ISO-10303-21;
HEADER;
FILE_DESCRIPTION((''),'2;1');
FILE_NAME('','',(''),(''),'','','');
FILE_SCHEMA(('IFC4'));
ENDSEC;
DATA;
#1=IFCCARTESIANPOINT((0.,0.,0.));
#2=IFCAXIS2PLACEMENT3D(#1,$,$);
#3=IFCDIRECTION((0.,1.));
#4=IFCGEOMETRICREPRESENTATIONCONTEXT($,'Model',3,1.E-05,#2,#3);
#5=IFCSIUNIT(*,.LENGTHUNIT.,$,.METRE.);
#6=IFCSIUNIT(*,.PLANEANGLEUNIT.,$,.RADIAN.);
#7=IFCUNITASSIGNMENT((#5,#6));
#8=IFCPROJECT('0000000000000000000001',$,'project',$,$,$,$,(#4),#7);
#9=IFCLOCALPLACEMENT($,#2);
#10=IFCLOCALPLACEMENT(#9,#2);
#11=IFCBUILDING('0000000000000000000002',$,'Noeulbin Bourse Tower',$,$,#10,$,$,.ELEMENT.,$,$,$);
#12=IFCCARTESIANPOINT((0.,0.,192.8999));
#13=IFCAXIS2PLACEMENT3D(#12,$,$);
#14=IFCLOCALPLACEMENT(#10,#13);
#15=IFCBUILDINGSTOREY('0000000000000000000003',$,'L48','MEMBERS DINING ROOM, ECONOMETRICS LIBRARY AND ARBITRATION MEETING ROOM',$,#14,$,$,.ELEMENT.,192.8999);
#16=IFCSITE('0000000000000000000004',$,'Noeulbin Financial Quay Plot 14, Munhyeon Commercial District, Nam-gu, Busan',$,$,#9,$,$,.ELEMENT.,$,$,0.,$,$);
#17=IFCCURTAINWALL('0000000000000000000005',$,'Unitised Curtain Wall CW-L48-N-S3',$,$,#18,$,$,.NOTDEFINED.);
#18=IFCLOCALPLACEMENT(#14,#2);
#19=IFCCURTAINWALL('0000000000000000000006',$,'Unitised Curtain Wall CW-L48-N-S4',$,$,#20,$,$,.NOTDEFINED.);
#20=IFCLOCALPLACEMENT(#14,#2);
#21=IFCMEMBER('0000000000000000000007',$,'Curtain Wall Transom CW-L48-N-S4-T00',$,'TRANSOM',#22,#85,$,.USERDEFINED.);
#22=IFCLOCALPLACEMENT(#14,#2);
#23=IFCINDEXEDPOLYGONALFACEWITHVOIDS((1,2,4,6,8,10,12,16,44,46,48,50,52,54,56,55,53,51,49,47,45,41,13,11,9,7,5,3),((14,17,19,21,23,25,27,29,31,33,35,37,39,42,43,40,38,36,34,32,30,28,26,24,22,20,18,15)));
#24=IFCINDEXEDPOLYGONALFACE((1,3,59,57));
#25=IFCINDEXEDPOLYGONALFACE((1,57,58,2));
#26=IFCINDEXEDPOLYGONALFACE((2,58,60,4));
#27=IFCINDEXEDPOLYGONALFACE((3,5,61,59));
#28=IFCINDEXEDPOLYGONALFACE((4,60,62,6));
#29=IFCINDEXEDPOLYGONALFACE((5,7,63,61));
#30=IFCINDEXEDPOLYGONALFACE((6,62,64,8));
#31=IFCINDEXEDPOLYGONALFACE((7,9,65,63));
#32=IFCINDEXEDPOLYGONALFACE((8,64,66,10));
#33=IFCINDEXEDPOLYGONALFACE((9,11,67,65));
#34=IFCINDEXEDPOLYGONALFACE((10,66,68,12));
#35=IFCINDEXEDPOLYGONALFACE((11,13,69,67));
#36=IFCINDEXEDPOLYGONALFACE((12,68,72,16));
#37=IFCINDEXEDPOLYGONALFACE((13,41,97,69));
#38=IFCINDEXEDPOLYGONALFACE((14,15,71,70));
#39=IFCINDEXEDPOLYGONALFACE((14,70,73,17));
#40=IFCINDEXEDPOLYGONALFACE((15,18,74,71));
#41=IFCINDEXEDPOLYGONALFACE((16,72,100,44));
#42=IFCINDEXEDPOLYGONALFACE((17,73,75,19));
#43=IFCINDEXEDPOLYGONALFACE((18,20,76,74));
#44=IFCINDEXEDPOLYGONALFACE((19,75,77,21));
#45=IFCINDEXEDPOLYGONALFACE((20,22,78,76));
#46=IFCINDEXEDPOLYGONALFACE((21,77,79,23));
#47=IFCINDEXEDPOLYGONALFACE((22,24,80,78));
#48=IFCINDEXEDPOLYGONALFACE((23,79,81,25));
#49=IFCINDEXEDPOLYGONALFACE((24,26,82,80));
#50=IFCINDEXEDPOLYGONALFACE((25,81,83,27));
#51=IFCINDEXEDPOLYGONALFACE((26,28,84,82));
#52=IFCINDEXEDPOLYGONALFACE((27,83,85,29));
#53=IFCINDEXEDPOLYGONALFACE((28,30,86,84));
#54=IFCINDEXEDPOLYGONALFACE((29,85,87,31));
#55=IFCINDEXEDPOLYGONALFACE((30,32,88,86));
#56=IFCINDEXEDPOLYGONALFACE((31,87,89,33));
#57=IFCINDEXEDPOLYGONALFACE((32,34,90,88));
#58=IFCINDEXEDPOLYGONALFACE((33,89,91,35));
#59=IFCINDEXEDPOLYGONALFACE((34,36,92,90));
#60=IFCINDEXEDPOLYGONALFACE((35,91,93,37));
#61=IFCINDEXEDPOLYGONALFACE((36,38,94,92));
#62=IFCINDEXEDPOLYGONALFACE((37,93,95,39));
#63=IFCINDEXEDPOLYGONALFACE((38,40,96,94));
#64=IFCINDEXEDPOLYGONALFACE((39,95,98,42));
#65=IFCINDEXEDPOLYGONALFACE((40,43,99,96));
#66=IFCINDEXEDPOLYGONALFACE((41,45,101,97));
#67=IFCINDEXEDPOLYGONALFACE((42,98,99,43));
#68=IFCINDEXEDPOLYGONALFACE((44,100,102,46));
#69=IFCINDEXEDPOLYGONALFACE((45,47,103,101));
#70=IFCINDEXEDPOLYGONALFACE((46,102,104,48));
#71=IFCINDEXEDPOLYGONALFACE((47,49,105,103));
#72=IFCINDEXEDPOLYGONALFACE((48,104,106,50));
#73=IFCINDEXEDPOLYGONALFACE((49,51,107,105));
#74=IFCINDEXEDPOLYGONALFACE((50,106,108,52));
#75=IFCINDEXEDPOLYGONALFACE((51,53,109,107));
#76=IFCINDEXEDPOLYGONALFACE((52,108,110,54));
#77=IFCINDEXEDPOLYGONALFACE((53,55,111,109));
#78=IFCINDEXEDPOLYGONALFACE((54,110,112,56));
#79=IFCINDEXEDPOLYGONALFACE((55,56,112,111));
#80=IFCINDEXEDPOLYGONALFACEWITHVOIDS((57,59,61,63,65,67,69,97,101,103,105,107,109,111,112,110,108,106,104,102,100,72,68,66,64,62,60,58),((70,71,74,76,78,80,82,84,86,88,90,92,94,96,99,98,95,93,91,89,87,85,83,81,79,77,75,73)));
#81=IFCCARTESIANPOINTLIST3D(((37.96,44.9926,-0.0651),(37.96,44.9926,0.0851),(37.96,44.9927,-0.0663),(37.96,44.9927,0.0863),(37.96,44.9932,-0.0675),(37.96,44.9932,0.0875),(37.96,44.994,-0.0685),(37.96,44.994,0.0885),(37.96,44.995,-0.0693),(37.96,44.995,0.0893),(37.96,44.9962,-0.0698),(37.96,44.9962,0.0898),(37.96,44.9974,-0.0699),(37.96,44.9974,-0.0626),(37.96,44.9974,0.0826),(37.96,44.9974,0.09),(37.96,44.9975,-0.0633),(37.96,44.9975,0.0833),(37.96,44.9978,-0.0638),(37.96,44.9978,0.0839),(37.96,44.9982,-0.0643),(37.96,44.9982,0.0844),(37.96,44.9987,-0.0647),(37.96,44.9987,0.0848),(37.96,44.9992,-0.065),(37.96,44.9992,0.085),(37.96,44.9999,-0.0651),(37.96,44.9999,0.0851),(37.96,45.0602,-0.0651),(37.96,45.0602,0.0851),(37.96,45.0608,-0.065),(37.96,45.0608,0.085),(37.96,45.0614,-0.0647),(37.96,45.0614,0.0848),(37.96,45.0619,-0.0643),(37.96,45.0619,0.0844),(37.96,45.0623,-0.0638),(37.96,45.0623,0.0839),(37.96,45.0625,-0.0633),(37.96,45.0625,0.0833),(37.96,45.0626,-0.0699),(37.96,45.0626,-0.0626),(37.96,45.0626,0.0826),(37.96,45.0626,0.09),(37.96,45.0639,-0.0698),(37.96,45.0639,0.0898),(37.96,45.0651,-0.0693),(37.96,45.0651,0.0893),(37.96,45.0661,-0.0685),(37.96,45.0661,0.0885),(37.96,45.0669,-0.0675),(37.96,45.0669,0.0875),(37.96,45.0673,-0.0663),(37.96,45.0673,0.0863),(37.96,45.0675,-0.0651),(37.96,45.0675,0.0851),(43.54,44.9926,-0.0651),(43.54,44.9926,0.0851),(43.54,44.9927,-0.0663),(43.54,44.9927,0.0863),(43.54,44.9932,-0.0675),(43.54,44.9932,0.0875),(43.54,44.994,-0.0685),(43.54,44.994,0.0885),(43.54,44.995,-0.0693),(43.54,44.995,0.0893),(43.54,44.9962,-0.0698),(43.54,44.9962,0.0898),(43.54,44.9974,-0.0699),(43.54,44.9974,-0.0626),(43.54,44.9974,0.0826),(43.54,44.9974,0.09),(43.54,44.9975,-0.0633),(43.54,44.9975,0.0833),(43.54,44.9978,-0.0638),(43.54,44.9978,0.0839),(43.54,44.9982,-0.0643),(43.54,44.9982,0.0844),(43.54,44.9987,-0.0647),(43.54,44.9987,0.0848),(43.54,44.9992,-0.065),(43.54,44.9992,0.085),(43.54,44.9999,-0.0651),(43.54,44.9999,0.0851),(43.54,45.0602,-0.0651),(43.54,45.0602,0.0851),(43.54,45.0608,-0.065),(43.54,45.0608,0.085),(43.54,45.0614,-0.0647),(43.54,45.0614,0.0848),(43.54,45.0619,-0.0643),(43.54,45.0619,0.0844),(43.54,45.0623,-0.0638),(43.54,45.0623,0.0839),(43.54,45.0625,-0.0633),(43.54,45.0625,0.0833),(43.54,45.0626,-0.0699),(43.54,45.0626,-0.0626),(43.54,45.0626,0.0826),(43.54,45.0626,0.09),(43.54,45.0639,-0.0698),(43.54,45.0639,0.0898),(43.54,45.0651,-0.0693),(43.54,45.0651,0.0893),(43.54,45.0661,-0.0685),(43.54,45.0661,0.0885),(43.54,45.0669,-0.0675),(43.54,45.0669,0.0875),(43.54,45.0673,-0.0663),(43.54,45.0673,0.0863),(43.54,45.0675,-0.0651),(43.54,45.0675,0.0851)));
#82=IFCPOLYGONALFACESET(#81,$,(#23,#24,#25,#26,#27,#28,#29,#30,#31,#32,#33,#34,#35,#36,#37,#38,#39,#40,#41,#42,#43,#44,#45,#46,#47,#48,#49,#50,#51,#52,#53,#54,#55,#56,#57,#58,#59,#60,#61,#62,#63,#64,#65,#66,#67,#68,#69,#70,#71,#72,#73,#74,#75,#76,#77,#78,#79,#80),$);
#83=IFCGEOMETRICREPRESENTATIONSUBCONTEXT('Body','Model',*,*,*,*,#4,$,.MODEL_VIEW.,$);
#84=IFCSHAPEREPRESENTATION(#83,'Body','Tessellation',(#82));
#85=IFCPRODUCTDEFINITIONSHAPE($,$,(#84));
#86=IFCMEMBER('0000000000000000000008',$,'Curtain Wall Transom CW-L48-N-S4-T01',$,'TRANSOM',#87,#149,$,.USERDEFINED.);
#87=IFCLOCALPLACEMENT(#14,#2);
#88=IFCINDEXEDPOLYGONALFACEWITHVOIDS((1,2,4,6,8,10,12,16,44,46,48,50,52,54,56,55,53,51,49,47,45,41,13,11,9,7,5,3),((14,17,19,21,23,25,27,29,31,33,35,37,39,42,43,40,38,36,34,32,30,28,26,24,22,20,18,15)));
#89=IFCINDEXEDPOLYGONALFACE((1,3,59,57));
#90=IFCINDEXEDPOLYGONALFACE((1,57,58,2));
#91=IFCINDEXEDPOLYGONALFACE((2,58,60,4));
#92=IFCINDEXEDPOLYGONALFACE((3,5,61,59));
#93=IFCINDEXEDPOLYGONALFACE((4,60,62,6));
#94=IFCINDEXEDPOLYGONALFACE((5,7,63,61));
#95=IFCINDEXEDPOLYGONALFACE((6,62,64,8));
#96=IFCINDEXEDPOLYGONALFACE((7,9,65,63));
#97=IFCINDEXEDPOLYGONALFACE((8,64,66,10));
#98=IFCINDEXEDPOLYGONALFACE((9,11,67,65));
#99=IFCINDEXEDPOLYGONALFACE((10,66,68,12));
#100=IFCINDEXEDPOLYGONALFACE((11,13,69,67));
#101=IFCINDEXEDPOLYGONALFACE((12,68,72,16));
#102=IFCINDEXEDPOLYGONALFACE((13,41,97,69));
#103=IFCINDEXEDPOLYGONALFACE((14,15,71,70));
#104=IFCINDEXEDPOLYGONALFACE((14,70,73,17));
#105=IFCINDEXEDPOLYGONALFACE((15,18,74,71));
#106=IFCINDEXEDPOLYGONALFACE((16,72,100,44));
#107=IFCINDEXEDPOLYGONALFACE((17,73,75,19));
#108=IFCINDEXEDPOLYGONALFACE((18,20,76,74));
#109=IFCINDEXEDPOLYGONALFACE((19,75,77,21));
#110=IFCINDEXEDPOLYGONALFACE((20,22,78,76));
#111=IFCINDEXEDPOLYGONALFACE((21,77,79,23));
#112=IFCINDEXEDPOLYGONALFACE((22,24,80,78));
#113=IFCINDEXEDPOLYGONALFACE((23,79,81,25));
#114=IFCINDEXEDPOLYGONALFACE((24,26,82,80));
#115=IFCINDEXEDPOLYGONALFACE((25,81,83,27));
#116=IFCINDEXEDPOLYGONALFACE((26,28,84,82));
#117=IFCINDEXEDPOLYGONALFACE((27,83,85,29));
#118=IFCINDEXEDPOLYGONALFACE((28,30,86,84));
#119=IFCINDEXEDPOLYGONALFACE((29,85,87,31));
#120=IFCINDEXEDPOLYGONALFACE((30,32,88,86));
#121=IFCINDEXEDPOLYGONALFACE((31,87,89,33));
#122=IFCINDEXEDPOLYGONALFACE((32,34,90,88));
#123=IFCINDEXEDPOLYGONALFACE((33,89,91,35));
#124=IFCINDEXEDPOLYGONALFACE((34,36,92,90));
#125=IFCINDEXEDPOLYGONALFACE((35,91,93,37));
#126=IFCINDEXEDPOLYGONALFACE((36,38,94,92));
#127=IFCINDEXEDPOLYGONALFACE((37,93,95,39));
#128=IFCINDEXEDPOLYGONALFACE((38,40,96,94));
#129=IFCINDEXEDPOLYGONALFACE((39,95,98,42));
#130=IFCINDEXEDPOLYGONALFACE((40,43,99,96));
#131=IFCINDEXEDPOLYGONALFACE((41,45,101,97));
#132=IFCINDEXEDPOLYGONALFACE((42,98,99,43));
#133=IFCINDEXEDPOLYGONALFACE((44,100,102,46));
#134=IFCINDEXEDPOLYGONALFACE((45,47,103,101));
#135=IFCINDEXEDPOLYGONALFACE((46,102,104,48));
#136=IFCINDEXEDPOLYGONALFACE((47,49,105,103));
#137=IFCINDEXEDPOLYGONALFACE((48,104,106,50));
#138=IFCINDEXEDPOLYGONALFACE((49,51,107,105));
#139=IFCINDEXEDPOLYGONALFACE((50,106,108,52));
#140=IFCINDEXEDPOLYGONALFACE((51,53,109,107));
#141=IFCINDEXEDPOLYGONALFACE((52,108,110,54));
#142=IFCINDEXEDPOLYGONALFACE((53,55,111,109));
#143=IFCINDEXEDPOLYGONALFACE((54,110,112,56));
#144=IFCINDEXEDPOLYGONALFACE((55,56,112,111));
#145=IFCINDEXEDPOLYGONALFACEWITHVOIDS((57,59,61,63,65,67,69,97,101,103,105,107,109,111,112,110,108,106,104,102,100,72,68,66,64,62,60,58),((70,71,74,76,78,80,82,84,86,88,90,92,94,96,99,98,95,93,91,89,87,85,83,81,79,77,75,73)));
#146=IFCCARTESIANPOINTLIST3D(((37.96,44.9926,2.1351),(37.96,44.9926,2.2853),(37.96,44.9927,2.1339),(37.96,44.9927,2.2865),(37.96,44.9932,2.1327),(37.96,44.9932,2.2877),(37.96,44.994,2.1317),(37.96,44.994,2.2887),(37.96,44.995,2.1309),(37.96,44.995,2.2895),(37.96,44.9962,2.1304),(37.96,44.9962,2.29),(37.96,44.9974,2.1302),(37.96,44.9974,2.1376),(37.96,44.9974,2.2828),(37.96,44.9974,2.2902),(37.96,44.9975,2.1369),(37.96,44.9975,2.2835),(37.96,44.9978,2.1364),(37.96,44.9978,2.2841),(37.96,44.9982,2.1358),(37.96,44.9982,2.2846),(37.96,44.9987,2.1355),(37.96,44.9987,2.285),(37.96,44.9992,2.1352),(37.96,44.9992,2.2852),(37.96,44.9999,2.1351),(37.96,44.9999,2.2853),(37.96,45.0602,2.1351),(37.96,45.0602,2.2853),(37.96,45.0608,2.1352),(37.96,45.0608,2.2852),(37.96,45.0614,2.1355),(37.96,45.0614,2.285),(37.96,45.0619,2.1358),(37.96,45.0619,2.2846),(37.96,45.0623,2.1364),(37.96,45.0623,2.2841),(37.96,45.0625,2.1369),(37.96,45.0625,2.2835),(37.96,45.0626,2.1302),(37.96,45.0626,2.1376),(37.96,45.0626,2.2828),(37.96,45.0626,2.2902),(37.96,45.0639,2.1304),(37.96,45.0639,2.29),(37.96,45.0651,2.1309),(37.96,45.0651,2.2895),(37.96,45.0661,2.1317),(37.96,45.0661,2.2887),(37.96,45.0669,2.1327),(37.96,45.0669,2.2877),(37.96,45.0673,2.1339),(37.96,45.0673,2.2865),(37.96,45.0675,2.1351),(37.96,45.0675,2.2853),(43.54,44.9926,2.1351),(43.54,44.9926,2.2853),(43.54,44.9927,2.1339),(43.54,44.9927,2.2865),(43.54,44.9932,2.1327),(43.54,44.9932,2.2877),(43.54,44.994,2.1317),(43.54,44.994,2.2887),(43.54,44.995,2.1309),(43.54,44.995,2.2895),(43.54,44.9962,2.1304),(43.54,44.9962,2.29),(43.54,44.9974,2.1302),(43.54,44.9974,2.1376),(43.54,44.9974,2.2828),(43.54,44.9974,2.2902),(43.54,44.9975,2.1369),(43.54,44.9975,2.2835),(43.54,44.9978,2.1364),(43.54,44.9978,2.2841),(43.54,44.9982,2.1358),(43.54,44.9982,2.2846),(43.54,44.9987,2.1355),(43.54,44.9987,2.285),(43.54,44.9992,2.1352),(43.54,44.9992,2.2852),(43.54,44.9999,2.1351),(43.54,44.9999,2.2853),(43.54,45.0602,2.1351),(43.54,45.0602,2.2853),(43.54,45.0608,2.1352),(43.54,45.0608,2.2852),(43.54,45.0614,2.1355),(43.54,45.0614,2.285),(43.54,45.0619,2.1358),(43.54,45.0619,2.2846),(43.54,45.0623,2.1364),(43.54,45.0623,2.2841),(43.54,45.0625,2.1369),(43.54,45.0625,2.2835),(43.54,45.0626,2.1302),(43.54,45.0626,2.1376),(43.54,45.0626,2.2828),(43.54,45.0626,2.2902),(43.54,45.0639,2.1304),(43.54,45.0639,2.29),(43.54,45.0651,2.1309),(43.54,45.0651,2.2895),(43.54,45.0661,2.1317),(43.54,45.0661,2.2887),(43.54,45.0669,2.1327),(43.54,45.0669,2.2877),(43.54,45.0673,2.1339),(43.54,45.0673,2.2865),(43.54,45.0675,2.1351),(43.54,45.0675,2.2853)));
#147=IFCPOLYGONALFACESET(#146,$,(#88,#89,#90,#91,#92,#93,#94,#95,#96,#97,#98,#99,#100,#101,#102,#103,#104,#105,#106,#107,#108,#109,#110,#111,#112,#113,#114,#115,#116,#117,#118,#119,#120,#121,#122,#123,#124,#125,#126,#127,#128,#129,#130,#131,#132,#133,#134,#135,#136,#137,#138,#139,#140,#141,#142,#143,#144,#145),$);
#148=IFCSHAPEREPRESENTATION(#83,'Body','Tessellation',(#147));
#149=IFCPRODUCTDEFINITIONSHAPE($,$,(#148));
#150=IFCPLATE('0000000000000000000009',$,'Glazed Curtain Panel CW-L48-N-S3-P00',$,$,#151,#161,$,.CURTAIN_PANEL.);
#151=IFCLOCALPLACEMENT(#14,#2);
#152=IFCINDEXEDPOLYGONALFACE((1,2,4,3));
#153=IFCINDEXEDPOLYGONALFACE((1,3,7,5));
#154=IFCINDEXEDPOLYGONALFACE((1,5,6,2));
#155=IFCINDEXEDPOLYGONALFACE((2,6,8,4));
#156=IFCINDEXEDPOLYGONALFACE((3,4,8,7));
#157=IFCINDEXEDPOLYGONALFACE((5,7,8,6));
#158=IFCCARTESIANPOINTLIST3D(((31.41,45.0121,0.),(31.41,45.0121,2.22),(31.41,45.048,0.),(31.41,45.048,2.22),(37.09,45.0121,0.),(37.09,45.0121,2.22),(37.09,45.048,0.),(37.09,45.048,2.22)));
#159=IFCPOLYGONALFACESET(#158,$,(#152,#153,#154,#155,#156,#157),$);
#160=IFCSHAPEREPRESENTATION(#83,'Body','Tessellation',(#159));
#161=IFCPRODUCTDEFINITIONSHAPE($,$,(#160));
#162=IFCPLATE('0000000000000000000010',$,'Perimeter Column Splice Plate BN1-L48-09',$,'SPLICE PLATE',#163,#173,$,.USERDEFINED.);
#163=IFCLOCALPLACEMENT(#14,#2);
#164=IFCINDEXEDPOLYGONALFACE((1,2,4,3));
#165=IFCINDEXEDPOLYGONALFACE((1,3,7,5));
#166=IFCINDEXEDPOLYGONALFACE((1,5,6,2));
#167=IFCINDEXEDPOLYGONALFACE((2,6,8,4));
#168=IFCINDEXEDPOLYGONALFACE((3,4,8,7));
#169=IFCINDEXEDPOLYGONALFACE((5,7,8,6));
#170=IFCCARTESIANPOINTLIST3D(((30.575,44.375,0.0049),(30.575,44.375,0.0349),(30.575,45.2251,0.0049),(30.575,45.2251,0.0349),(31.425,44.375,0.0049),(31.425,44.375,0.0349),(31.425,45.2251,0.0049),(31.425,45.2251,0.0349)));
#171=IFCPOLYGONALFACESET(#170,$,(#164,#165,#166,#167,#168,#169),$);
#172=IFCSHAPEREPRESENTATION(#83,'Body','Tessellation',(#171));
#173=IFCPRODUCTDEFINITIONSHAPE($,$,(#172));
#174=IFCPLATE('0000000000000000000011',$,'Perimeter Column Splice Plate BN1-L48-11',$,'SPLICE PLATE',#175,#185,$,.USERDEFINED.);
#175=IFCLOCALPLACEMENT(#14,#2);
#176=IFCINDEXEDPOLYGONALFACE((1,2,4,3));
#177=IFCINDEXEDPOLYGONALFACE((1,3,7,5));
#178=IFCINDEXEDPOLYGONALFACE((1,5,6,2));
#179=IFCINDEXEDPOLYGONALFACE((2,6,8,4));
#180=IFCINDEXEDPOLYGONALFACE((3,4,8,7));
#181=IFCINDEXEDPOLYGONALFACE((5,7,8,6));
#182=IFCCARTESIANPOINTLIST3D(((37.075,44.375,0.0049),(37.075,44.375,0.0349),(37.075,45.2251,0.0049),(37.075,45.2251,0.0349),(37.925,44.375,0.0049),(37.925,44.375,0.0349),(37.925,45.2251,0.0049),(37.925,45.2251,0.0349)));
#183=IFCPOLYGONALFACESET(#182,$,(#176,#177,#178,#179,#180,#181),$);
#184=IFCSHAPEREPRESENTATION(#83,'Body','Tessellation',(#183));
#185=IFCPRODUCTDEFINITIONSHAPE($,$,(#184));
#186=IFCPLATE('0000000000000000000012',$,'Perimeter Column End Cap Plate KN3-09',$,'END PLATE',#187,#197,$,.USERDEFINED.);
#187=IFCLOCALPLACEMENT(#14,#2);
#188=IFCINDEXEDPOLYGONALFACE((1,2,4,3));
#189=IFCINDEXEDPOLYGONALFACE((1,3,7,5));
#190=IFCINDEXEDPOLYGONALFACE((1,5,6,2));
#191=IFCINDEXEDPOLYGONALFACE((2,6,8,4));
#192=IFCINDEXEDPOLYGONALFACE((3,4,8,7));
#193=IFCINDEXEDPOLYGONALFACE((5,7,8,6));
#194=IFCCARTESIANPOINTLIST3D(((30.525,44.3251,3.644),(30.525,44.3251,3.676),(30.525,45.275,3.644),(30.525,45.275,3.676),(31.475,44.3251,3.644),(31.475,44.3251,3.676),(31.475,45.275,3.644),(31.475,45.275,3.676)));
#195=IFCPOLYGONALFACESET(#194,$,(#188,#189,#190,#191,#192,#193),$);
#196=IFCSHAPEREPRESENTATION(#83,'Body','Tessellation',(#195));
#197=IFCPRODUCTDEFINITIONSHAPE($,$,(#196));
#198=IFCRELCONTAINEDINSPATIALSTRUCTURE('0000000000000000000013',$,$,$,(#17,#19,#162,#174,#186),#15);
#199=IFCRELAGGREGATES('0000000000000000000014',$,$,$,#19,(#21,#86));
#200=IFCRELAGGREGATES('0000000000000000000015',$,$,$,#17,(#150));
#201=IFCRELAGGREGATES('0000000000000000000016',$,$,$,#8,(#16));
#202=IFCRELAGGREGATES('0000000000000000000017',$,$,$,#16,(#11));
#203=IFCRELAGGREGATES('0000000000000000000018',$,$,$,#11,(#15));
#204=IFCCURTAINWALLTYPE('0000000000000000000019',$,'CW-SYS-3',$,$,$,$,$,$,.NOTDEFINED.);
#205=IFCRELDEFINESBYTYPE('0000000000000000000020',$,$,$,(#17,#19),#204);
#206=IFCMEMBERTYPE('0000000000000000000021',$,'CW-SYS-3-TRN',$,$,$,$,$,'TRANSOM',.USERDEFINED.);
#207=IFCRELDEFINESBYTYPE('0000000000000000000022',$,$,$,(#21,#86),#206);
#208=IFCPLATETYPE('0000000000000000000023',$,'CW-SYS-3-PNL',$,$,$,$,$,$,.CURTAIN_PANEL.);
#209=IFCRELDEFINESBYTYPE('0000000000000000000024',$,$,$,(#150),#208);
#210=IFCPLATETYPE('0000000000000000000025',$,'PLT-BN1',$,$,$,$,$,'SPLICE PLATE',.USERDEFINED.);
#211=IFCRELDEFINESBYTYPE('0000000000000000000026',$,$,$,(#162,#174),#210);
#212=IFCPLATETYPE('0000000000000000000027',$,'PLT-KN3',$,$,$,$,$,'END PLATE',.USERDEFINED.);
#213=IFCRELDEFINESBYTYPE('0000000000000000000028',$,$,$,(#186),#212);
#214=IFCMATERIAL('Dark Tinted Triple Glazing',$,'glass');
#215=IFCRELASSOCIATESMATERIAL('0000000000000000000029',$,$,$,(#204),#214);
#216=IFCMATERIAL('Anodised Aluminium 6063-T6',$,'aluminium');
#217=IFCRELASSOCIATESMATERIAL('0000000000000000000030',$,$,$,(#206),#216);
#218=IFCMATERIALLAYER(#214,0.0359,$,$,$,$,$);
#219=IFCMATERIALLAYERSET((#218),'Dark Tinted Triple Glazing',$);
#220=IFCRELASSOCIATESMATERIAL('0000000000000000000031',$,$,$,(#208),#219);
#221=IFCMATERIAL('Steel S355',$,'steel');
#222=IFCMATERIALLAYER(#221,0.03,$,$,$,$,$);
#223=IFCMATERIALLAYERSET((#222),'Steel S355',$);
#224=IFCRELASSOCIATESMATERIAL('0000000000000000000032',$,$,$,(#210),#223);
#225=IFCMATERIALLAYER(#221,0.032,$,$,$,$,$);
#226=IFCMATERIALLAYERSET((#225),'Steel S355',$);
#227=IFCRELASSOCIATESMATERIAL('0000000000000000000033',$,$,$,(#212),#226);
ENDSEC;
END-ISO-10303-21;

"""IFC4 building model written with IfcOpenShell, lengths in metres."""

from ifc_helpers import new_model, si_unit, direction, frame, origin, origin_2d, place, context, subcontext, project, spatial, rectangle, hollow_rectangle, extrude, material, layer, layer_set, material_profile, profile_set, type_object, element, aggregate, save


model = new_model("IFC4")

# Units and contexts
model_context = context("Model", 3, precision=1e-05, world=origin(), true_north=direction((0.0, 1.0)))
body_context = subcontext(model_context, "Body", "Model", "MODEL_VIEW")
ifc_project = project(units=[si_unit("LENGTHUNIT", "METRE"), si_unit("PLANEANGLEUNIT", "RADIAN")], contexts=[model_context])

# Site, building, storey
site_placement = place(None, origin())
site = spatial("IfcSite", under=ifc_project, at=site_placement, Name="Noeulbin Financial Quay Plot 14, Munhyeon Commercial District, Nam-gu, Busan", CompositionType="ELEMENT", RefElevation=0.0)
building_placement = place(site_placement, origin())
building = spatial("IfcBuilding", under=site, at=building_placement, Name="Noeulbin Bourse Tower", CompositionType="ELEMENT")
storey_placement = place(building_placement, frame((0.0, 0.0, 192.8999)))
storey = spatial("IfcBuildingStorey", under=building, at=storey_placement, Name="L48", Description="MEMBERS DINING ROOM, ECONOMETRICS LIBRARY AND ARBITRATION MEETING ROOM", CompositionType="ELEMENT", Elevation=192.8999)

# Shared definitions
ifc_material_1 = material(Name="Steel S355", Category="steel")

# Shared definitions
ifc_material_2 = material(Name="Dark Tinted Triple Glazing", Category="glass")
curtain_wall_type = type_object("IfcCurtainWallType", Name="CW-SYS-3", PredefinedType="NOTDEFINED", material=ifc_material_2)
ifc_material_3 = material(Name="Anodised Aluminium 6063-T6", Category="aluminium")

# Curtain wall
curtain_wall_1_placement = place(storey_placement, origin())
curtain_wall_1 = element("IfcCurtainWall", 1, at=curtain_wall_1_placement, inside=storey, type_object=curtain_wall_type, Name="Unitised Curtain Wall CW-L48-N-S3", PredefinedType="NOTDEFINED")

# Curtain wall
curtain_wall_2_placement = place(storey_placement, origin())
curtain_wall_2 = element("IfcCurtainWall", 2, at=curtain_wall_2_placement, inside=storey, type_object=curtain_wall_type, Name="Unitised Curtain Wall CW-L48-N-S4", PredefinedType="NOTDEFINED")

# Members
ifc_material_profile_1 = material_profile(ifc_material_3, hollow_rectangle(XDim=0.075, YDim=0.1599, WallThickness=0.0049, InnerFilletRadius=0.0024, OuterFilletRadius=0.0049, at=origin_2d()), Name="ALU-TRAN-75x160x5", Category="LoadBearing")
ifc_profile_set_1 = profile_set([ifc_material_profile_1], Name="Anodised Aluminium 6063-T6")
member_type_1 = type_object("IfcMemberType", Name="CW-SYS-3-TRN", ElementType="TRANSOM", PredefinedType="USERDEFINED", material=ifc_profile_set_1)
member_1_placement = place(storey_placement, frame((37.96, 45.03, 0.01), z_axis=(1.0, 0.0, 0.0), x_axis=(0.0, 1.0, 0.0)))
member_1 = element("IfcMember", 3, at=member_1_placement, type_object=member_type_1, Name="Curtain Wall Transom CW-L48-N-S4-T00", ObjectType="TRANSOM", PredefinedType="USERDEFINED", context=body_context, shape_type="SweptSolid", body=[
    extrude(hollow_rectangle(XDim=0.075, YDim=0.1599, WallThickness=0.0049, InnerFilletRadius=0.0024, OuterFilletRadius=0.0049, at=origin_2d()), origin(), (0.0, 0.0, 1.0), 5.5801),
])
member_2_placement = place(storey_placement, frame((37.96, 45.03, 2.2102), z_axis=(1.0, 0.0, 0.0), x_axis=(0.0, 1.0, 0.0)))
member_2 = element("IfcMember", 4, at=member_2_placement, type_object=member_type_1, Name="Curtain Wall Transom CW-L48-N-S4-T01", ObjectType="TRANSOM", PredefinedType="USERDEFINED", context=body_context, shape_type="SweptSolid", body=[
    extrude(hollow_rectangle(XDim=0.075, YDim=0.1599, WallThickness=0.0049, InnerFilletRadius=0.0024, OuterFilletRadius=0.0049, at=origin_2d()), origin(), (0.0, 0.0, 1.0), 5.5801),
])
aggregate(curtain_wall_2, [member_1, member_2])

# Plate
ifc_layer_1 = layer(ifc_material_2, 0.0359)
ifc_layer_set_1 = layer_set([ifc_layer_1], Name="Dark Tinted Triple Glazing")
plate_type_1 = type_object("IfcPlateType", Name="CW-SYS-3-PNL", PredefinedType="CURTAIN_PANEL", material=ifc_layer_set_1)
plate_placement = place(storey_placement, frame((34.25, 45.03, 0.0), z_axis=(0.0, 0.0, 1.0), x_axis=(1.0, 0.0, 0.0)))
plate = element("IfcPlate", 5, at=plate_placement, type_object=plate_type_1, Name="Glazed Curtain Panel CW-L48-N-S3-P00", PredefinedType="CURTAIN_PANEL", context=body_context, shape_type="SweptSolid", body=[
    extrude(rectangle(XDim=5.6799, YDim=0.0359, at=origin_2d()), origin(), (0.0, 0.0, 1.0), 2.22),
])
aggregate(curtain_wall_1, [plate])

# Plates
ifc_layer_2 = layer(ifc_material_1, 0.03)
ifc_layer_set_2 = layer_set([ifc_layer_2], Name="Steel S355")
plate_type_2 = type_object("IfcPlateType", Name="PLT-BN1", ElementType="SPLICE PLATE", PredefinedType="USERDEFINED", material=ifc_layer_set_2)
for number, where, z_axis, x_axis, name in (
    (6, (31.0, 44.8, 0.0049), (0.0, 0.0, 1.0), (1.0, 0.0, 0.0), "Perimeter Column Splice Plate BN1-L48-09"),
    (7, (37.5, 44.8, 0.0049), (0.0, 0.0, 1.0), (1.0, 0.0, 0.0), "Perimeter Column Splice Plate BN1-L48-11"),
):
    element("IfcPlate", number, at=place(storey_placement, frame(where, z_axis=z_axis, x_axis=x_axis)), inside=storey, type_object=plate_type_2, Name=name, ObjectType="SPLICE PLATE", PredefinedType="USERDEFINED", context=body_context, shape_type="SweptSolid", body=[
        extrude(rectangle(XDim=0.8501, YDim=0.8501, at=origin_2d()), origin(), (0.0, 0.0, 1.0), 0.03),
    ])
ifc_layer_3 = layer(ifc_material_1, 0.032)
ifc_layer_set_3 = layer_set([ifc_layer_3], Name="Steel S355")
plate_type_3 = type_object("IfcPlateType", Name="PLT-KN3", ElementType="END PLATE", PredefinedType="USERDEFINED", material=ifc_layer_set_3)
for number, where, z_axis, x_axis, name in (
    (8, (31.0, 44.8, 3.644), (0.0, 0.0, 1.0), (1.0, 0.0, 0.0), "Perimeter Column End Cap Plate KN3-09"),
):
    element("IfcPlate", number, at=place(storey_placement, frame(where, z_axis=z_axis, x_axis=x_axis)), inside=storey, type_object=plate_type_3, Name=name, ObjectType="END PLATE", PredefinedType="USERDEFINED", context=body_context, shape_type="SweptSolid", body=[
        extrude(rectangle(XDim=0.95, YDim=0.95, at=origin_2d()), origin(), (0.0, 0.0, 1.0), 0.032),
    ])

save(model, "model.ifc")
